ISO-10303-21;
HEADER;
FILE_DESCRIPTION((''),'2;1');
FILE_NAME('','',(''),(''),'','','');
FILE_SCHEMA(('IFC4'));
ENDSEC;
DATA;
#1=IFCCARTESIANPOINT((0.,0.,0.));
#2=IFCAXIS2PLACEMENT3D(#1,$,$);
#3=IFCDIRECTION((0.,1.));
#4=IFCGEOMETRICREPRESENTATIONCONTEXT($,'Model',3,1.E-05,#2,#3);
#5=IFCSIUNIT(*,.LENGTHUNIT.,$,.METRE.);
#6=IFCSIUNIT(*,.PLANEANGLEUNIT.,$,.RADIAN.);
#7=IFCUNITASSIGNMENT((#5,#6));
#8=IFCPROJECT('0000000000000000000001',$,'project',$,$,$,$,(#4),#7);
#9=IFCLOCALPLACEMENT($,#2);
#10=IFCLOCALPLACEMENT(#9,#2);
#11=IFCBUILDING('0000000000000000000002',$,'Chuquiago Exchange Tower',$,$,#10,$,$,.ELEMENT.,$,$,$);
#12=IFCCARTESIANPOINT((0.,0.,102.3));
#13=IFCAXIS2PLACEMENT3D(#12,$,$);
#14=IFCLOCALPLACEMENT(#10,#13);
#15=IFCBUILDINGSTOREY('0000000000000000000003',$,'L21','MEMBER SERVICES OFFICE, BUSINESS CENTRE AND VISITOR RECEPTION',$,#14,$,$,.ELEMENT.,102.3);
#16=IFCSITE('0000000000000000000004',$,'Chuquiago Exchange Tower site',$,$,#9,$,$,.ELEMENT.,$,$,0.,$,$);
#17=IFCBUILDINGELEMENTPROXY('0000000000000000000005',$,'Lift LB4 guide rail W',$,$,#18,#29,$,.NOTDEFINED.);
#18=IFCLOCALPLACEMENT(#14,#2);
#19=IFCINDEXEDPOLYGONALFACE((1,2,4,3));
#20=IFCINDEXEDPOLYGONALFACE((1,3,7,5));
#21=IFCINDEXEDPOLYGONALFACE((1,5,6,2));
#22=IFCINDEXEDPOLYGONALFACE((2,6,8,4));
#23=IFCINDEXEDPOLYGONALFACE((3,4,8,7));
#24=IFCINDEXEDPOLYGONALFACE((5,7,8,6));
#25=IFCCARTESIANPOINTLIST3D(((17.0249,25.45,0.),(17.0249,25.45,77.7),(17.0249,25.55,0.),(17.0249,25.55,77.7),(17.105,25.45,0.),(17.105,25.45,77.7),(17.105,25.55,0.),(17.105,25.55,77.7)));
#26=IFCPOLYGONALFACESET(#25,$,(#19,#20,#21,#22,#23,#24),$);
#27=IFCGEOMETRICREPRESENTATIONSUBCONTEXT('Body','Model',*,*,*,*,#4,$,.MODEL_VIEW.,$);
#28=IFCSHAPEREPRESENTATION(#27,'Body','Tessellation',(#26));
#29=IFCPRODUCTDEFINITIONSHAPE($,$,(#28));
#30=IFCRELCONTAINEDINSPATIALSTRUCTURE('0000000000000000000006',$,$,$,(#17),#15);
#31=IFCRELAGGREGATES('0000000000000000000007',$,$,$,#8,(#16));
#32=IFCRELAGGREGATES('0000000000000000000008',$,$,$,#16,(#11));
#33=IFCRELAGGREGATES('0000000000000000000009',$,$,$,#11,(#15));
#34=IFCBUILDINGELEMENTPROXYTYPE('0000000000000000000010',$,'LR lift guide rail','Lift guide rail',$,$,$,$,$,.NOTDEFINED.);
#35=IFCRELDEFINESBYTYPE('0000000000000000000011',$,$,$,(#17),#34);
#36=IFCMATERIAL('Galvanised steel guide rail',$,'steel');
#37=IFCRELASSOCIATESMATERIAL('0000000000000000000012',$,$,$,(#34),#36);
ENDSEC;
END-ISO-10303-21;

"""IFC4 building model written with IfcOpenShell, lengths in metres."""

from ifc_helpers import new_model, si_unit, direction, frame, origin, origin_2d, place, context, subcontext, project, spatial, rectangle, extrude, material, type_object, element, save


model = new_model("IFC4")

# Units and contexts
model_context = context("Model", 3, precision=1e-05, world=origin(), true_north=direction((0.0, 1.0)))
body_context = subcontext(model_context, "Body", "Model", "MODEL_VIEW")
ifc_project = project(units=[si_unit("LENGTHUNIT", "METRE"), si_unit("PLANEANGLEUNIT", "RADIAN")], contexts=[model_context])

# Site, building, storey
site_placement = place(None, origin())
site = spatial("IfcSite", under=ifc_project, at=site_placement, Name="Chuquiago Exchange Tower site", CompositionType="ELEMENT", RefElevation=0.0)
building_placement = place(site_placement, origin())
building = spatial("IfcBuilding", under=site, at=building_placement, Name="Chuquiago Exchange Tower", CompositionType="ELEMENT")
storey_placement = place(building_placement, frame((0.0, 0.0, 102.3)))
storey = spatial("IfcBuildingStorey", under=building, at=storey_placement, Name="L21", Description="MEMBER SERVICES OFFICE, BUSINESS CENTRE AND VISITOR RECEPTION", CompositionType="ELEMENT", Elevation=102.3)

# Building element proxy
ifc_material_1 = material(Name="Galvanised steel guide rail", Category="steel")
building_element_proxy_type = type_object("IfcBuildingElementProxyType", Name="LR lift guide rail", Description="Lift guide rail", PredefinedType="NOTDEFINED", material=ifc_material_1)
proxy_placement = place(storey_placement, frame((17.0649, 25.5, 0.0), z_axis=(0.0, 0.0, 1.0), x_axis=(1.0, 0.0, 0.0)))
element("IfcBuildingElementProxy", 1, at=proxy_placement, inside=storey, type_object=building_element_proxy_type, Name="Lift LB4 guide rail W", PredefinedType="NOTDEFINED", context=body_context, shape_type="SweptSolid", body=[
    extrude(rectangle(XDim=0.0801, YDim=0.1001, at=origin_2d()), origin(), (0.0, 0.0, 1.0), 77.7),
])

save(model, "model.ifc")
